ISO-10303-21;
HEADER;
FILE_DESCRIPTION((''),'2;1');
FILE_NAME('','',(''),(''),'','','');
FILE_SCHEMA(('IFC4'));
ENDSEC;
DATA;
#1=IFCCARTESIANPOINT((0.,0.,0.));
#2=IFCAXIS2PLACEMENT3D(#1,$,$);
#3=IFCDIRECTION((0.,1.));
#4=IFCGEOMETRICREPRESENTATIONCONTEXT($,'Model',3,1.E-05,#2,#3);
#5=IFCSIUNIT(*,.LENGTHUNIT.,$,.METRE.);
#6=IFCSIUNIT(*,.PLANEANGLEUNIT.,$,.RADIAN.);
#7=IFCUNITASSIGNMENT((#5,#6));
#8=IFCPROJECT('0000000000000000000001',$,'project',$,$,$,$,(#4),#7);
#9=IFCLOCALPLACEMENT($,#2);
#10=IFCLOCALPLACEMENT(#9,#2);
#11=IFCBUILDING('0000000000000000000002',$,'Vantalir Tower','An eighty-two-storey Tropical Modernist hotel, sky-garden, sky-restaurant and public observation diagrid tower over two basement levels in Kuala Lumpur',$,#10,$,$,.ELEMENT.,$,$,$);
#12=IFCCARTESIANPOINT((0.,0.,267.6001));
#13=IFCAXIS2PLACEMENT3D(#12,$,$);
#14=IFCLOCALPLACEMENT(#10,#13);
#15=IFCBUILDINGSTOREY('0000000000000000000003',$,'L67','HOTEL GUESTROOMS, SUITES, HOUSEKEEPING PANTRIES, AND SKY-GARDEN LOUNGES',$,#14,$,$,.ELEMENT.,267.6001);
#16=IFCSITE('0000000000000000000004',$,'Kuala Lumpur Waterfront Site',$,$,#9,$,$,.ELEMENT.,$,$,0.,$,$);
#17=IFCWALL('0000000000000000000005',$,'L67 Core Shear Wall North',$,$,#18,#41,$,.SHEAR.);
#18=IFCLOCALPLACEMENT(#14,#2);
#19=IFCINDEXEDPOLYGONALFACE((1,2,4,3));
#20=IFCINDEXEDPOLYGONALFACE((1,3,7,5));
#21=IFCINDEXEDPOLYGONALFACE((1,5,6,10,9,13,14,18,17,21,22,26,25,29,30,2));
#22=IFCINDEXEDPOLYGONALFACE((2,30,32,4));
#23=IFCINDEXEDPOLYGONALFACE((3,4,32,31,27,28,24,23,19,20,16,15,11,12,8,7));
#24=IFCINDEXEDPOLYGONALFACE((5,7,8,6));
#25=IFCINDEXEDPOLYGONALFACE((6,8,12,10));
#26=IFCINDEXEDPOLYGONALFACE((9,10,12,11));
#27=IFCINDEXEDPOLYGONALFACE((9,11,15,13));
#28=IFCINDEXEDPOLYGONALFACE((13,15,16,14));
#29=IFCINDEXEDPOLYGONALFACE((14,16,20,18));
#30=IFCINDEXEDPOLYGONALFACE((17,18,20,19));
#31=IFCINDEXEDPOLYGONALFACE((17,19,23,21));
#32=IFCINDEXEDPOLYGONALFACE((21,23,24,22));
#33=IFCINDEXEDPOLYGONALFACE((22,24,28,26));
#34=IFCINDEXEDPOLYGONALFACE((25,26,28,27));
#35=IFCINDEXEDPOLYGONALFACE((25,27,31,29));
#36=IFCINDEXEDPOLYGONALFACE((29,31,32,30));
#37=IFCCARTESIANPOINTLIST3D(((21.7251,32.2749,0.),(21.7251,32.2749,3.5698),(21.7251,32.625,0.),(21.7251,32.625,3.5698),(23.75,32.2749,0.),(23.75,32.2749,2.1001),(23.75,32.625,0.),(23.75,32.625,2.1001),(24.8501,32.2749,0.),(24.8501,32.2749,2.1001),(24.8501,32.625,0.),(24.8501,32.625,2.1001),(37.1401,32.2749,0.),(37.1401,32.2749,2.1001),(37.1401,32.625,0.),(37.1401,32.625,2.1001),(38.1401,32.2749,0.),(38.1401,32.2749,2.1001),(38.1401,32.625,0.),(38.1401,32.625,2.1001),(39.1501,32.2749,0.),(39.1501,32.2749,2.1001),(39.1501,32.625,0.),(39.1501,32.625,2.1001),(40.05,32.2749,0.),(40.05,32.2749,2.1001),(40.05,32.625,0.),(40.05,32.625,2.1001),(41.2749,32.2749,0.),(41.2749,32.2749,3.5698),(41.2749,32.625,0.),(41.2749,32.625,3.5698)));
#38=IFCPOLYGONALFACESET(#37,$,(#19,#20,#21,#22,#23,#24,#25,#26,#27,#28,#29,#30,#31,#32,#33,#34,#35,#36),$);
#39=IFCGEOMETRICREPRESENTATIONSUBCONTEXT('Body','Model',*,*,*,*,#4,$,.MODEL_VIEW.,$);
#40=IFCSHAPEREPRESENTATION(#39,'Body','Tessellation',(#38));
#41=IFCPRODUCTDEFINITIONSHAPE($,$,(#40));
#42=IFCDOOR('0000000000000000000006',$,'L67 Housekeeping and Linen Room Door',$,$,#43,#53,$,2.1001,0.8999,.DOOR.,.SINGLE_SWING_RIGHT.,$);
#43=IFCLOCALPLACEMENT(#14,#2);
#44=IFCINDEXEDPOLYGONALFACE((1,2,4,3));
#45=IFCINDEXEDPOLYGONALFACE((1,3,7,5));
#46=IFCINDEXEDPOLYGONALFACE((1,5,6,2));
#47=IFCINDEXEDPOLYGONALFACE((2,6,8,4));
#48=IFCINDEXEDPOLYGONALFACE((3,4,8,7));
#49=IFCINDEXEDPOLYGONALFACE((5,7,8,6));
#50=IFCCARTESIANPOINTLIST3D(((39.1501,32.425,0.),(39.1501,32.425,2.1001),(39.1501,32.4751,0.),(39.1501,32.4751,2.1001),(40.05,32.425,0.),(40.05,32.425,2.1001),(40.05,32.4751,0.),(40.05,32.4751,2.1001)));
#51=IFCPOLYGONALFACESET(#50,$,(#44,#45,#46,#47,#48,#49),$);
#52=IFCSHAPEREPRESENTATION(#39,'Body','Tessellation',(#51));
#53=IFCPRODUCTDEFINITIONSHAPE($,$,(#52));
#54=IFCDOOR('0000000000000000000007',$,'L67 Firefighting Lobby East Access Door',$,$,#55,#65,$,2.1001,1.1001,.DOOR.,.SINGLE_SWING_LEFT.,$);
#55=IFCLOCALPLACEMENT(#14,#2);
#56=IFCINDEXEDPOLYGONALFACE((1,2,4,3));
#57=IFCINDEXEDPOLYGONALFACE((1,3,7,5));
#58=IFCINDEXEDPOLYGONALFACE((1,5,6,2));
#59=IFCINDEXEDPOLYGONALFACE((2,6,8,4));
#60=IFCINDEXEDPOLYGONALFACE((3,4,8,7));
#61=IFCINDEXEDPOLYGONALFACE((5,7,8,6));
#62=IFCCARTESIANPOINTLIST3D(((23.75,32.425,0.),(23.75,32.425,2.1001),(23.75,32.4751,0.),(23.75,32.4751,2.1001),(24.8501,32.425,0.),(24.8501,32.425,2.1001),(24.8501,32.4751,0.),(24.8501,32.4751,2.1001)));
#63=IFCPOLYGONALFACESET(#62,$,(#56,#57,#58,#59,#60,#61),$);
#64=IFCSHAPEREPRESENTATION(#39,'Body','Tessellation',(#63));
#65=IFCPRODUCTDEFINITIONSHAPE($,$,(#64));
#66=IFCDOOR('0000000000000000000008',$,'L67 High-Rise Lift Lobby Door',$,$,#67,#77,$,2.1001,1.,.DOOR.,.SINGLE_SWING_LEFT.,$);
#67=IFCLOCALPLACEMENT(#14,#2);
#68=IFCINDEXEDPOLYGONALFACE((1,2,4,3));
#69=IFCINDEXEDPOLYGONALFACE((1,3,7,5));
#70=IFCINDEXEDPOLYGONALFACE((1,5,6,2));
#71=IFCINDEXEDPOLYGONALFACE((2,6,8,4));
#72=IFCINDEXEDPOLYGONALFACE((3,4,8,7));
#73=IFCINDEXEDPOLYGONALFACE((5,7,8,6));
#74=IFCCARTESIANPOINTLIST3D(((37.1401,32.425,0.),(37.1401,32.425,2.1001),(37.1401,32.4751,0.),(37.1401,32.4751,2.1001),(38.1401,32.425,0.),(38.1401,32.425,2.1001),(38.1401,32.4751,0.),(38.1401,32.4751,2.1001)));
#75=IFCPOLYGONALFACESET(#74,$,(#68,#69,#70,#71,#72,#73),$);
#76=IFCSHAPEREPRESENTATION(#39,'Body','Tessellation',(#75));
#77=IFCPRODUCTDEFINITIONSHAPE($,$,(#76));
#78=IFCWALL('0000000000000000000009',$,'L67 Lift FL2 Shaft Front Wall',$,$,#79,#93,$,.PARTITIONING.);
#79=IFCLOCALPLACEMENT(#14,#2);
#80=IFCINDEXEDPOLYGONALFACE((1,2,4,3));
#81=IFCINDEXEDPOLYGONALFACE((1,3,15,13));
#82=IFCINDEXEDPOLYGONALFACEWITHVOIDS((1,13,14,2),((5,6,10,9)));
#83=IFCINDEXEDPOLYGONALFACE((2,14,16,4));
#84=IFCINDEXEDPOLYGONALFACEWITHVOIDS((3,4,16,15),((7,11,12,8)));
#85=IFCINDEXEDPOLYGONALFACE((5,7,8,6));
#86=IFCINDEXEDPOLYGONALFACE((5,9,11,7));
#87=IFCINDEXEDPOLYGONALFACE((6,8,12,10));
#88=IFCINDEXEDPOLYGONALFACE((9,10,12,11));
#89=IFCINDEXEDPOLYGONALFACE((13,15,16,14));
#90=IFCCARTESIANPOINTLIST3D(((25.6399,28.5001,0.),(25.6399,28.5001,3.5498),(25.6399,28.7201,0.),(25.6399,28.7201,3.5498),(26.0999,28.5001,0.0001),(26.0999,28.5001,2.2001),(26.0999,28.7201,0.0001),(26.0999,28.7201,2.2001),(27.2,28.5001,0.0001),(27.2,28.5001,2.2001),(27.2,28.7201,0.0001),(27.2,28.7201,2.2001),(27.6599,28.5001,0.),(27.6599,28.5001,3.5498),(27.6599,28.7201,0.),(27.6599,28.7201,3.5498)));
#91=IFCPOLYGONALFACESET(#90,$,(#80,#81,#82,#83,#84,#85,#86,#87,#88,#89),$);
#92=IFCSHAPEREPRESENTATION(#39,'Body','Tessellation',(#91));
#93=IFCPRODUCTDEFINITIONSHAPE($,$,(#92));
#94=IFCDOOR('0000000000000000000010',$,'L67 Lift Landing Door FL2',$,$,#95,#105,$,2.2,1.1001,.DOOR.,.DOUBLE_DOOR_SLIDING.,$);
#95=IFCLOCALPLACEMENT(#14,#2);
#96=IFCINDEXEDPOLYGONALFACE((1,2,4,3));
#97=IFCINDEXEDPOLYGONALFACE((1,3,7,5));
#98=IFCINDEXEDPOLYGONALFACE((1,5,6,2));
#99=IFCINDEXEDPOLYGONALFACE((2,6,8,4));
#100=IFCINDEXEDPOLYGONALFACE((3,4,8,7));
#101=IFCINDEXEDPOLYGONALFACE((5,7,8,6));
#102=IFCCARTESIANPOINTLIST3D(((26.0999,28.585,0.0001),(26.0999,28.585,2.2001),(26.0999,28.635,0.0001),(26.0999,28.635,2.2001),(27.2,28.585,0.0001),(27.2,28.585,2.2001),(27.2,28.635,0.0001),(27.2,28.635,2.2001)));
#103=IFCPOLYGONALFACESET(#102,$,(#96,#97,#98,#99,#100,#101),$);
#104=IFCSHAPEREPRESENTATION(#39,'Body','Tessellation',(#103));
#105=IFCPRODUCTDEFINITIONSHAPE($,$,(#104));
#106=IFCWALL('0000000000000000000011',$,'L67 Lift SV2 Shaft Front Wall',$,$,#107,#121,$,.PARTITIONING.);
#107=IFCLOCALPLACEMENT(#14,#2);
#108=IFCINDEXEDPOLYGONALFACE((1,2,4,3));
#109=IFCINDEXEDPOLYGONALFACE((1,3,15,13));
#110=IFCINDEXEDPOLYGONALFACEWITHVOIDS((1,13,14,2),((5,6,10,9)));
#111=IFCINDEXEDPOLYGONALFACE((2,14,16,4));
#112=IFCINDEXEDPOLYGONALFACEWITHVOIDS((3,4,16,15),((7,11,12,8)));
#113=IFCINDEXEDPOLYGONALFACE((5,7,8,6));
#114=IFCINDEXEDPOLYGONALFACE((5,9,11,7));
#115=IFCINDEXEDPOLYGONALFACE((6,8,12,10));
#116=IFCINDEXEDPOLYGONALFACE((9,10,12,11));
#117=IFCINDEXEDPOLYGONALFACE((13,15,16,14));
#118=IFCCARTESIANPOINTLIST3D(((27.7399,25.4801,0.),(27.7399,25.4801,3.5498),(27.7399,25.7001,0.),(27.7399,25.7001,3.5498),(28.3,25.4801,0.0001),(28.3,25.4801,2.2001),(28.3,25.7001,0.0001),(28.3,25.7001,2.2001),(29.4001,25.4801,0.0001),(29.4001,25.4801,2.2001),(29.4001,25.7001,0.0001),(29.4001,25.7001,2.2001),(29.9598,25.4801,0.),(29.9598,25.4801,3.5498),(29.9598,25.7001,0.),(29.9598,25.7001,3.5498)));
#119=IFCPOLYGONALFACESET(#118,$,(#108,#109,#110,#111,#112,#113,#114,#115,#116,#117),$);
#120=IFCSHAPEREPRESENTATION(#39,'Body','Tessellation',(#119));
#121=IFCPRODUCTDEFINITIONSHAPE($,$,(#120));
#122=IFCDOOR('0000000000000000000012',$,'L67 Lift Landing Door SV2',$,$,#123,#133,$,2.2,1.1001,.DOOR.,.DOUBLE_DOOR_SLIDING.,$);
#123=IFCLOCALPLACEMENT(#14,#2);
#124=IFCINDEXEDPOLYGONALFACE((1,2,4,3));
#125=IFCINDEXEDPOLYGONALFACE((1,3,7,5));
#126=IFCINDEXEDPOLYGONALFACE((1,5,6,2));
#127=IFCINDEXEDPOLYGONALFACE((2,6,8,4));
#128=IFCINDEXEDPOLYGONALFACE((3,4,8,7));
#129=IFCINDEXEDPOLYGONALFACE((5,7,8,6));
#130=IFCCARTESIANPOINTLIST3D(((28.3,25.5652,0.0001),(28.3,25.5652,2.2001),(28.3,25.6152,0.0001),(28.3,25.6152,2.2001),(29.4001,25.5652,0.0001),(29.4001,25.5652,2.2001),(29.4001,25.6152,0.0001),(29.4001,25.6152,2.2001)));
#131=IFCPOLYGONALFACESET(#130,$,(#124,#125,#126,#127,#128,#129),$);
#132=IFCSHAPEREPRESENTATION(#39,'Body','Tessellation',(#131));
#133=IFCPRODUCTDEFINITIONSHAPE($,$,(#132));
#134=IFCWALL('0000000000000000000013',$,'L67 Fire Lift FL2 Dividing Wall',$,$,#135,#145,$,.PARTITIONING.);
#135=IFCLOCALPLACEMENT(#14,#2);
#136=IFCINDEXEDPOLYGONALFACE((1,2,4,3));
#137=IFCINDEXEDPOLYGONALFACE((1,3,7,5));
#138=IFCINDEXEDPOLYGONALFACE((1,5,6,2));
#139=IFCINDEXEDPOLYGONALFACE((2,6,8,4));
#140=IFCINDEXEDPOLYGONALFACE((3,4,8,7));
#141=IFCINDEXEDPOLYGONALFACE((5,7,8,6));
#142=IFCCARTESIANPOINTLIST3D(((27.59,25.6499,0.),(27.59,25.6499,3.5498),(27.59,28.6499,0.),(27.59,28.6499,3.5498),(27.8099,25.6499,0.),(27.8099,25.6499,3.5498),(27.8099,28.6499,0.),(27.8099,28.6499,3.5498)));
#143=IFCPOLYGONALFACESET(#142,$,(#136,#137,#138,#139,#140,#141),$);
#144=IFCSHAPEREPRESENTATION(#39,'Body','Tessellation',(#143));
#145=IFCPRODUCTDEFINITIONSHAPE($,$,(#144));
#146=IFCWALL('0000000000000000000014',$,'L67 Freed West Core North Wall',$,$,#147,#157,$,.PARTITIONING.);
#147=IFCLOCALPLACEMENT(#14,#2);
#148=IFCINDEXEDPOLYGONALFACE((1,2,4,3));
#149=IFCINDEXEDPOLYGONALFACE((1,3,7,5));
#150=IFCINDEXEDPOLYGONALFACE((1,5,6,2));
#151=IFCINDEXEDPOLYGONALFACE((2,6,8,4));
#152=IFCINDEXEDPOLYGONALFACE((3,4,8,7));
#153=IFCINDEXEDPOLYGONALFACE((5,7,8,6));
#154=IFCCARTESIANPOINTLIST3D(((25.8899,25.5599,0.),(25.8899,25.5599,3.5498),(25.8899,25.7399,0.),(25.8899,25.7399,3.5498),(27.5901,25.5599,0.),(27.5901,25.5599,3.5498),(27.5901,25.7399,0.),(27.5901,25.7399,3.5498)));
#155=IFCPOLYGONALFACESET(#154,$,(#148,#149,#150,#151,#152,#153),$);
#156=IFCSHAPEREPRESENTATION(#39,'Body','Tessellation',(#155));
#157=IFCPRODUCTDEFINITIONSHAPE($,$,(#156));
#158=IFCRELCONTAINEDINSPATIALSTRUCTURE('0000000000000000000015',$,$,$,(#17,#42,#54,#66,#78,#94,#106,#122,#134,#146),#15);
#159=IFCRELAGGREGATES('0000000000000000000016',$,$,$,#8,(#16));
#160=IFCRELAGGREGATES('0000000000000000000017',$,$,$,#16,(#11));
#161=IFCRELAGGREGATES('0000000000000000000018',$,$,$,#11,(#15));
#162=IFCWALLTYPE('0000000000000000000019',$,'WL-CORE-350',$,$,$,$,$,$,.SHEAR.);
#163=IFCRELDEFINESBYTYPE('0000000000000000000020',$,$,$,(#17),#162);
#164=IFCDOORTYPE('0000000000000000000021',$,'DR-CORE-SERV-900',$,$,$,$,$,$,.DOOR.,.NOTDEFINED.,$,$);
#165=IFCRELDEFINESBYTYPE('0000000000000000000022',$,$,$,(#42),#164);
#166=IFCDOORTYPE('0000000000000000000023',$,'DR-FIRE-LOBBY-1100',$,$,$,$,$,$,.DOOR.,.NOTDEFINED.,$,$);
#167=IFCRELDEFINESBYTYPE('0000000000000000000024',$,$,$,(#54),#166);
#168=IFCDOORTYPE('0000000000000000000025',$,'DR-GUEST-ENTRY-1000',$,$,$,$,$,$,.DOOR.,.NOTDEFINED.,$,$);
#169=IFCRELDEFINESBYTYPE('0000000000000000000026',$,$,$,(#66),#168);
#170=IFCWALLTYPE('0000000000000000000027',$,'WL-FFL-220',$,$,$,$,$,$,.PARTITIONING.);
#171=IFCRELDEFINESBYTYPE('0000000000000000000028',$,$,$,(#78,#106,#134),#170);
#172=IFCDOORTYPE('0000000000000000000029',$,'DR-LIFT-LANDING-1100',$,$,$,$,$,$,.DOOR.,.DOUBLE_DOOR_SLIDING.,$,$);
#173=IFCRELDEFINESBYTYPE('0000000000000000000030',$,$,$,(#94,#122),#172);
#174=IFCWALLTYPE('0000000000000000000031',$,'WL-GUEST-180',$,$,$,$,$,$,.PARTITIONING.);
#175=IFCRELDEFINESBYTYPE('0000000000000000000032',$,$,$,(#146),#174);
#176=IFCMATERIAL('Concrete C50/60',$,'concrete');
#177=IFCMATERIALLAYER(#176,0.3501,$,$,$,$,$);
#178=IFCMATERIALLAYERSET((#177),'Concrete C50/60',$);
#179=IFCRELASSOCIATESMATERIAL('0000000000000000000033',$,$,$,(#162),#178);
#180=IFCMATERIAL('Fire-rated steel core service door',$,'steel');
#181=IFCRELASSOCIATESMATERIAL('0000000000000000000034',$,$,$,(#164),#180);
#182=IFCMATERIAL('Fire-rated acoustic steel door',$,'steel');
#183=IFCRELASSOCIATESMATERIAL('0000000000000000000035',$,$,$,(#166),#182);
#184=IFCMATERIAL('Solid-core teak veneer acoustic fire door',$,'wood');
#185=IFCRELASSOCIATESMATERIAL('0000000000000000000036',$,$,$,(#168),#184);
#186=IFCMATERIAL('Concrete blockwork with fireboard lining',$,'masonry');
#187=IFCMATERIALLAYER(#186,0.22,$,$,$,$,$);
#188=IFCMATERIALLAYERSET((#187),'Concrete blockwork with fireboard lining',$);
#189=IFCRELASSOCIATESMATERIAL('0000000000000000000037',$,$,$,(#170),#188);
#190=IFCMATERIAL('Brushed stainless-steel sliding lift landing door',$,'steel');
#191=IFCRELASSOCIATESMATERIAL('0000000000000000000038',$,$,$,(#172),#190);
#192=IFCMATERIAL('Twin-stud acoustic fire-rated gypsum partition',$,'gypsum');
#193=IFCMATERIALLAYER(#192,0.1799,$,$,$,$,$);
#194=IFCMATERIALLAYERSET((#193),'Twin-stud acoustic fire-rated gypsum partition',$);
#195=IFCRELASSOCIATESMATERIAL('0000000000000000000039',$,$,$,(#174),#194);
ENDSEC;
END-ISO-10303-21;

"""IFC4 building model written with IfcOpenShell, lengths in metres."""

from ifc_helpers import new_model, si_unit, direction, frame, frame_2d, origin, place, context, subcontext, project, spatial, rectangle, extrude, material, layer, layer_set, type_object, element, fill, save


model = new_model("IFC4")

# Units and contexts
model_context = context("Model", 3, precision=1e-05, world=origin(), true_north=direction((0.0, 1.0)))
body_context = subcontext(model_context, "Body", "Model", "MODEL_VIEW")
ifc_project = project(units=[si_unit("LENGTHUNIT", "METRE"), si_unit("PLANEANGLEUNIT", "RADIAN")], contexts=[model_context])

# Site, building, storey
site_placement = place(None, origin())
site = spatial("IfcSite", under=ifc_project, at=site_placement, Name="Kuala Lumpur Waterfront Site", CompositionType="ELEMENT", RefElevation=0.0)
building_placement = place(site_placement, origin())
building = spatial("IfcBuilding", under=site, at=building_placement, Name="Vantalir Tower", Description="An eighty-two-storey Tropical Modernist hotel, sky-garden, sky-restaurant and public observation diagrid tower over two basement levels in Kuala Lumpur", CompositionType="ELEMENT")
storey_placement = place(building_placement, frame((0.0, 0.0, 267.6001)))
storey = spatial("IfcBuildingStorey", under=building, at=storey_placement, Name="L67", Description="HOTEL GUESTROOMS, SUITES, HOUSEKEEPING PANTRIES, AND SKY-GARDEN LOUNGES", CompositionType="ELEMENT", Elevation=267.6001)

# Shared definitions
ifc_material_1 = material(Name="Concrete C50/60", Category="concrete")

# Wall, openings, doors
ifc_layer_1 = layer(ifc_material_1, 0.3501)
ifc_layer_set_1 = layer_set([ifc_layer_1], Name="Concrete C50/60")
wall_type_1 = type_object("IfcWallType", Name="WL-CORE-350", PredefinedType="SHEAR", material=ifc_layer_set_1)
wall_1_placement = place(storey_placement, frame((21.7251, 32.45, 0.0), z_axis=(0.0, 0.0, 1.0), x_axis=(1.0, 0.0, 0.0)))
wall_1 = element("IfcWall", 1, at=wall_1_placement, inside=storey, type_object=wall_type_1, Name="L67 Core Shear Wall North", PredefinedType="SHEAR", context=body_context, shape_type="SweptSolid", body=[
    extrude(rectangle(XDim=19.5498, YDim=0.3501, at=frame_2d((9.7749, 0.0))), origin(), (0.0, 0.0, 1.0), 3.5698),
])
opening_1_placement = place(wall_1_placement, frame((2.0249, 0.0, 0.0)))
opening_1 = element("IfcOpeningElement", 2, at=opening_1_placement, cuts=wall_1, PredefinedType="OPENING", context=body_context, shape_type="SweptSolid", body=[
    extrude(rectangle(XDim=1.1001, YDim=2.1001, at=frame_2d((0.55, 1.05))), frame((0.0, 0.1851, 0.0), z_axis=(0.0, -1.0, 0.0), x_axis=(1.0, 0.0, 0.0)), (0.0, 0.0, 1.0), 0.3701),
])
opening_2_placement = place(wall_1_placement, frame((15.415, 0.0, 0.0)))
opening_2 = element("IfcOpeningElement", 3, at=opening_2_placement, cuts=wall_1, PredefinedType="OPENING", context=body_context, shape_type="SweptSolid", body=[
    extrude(rectangle(XDim=1.0, YDim=2.1001, at=frame_2d((0.5, 1.05))), frame((0.0, 0.1851, 0.0), z_axis=(0.0, -1.0, 0.0), x_axis=(1.0, 0.0, 0.0)), (0.0, 0.0, 1.0), 0.3701),
])
opening_3_placement = place(wall_1_placement, frame((17.425, 0.0, 0.0)))
opening_3 = element("IfcOpeningElement", 4, at=opening_3_placement, cuts=wall_1, PredefinedType="OPENING", context=body_context, shape_type="SweptSolid", body=[
    extrude(rectangle(XDim=0.8999, YDim=2.1001, at=frame_2d((0.45, 1.05))), frame((0.0, 0.1851, 0.0), z_axis=(0.0, -1.0, 0.0), x_axis=(1.0, 0.0, 0.0)), (0.0, 0.0, 1.0), 0.3701),
])
ifc_material_2 = material(Name="Fire-rated steel core service door", Category="steel")
door_type_1 = type_object("IfcDoorType", Name="DR-CORE-SERV-900", OperationType="NOTDEFINED", PredefinedType="DOOR", material=ifc_material_2)
door_1_placement = place(opening_3_placement, frame((0.8999, 0.0, 0.0), z_axis=(0.0, 0.0, 1.0), x_axis=(-1.0, 0.0, 0.0)))
door_1 = element("IfcDoor", 5, at=door_1_placement, inside=storey, type_object=door_type_1, Name="L67 Housekeeping and Linen Room Door", OperationType="SINGLE_SWING_RIGHT", OverallHeight=2.1001, OverallWidth=0.8999, PredefinedType="DOOR", context=body_context, shape_type="SweptSolid", body=[
    extrude(rectangle(XDim=0.8999, YDim=2.1001, at=frame_2d((0.45, 1.05))), frame((0.0, 0.0249, 0.0), z_axis=(0.0, -1.0, 0.0), x_axis=(1.0, 0.0, 0.0)), (0.0, 0.0, 1.0), 0.05),
])
fill(opening_3, door_1)
ifc_material_3 = material(Name="Fire-rated acoustic steel door", Category="steel")
door_type_2 = type_object("IfcDoorType", Name="DR-FIRE-LOBBY-1100", OperationType="NOTDEFINED", PredefinedType="DOOR", material=ifc_material_3)
door_2_placement = place(opening_1_placement, frame((1.1001, 0.0, 0.0), z_axis=(0.0, 0.0, 1.0), x_axis=(-1.0, 0.0, 0.0)))
door_2 = element("IfcDoor", 6, at=door_2_placement, inside=storey, type_object=door_type_2, Name="L67 Firefighting Lobby East Access Door", OperationType="SINGLE_SWING_LEFT", OverallHeight=2.1001, OverallWidth=1.1001, PredefinedType="DOOR", context=body_context, shape_type="SweptSolid", body=[
    extrude(rectangle(XDim=1.1001, YDim=2.1001, at=frame_2d((0.55, 1.05))), frame((0.0, 0.0249, 0.0), z_axis=(0.0, -1.0, 0.0), x_axis=(1.0, 0.0, 0.0)), (0.0, 0.0, 1.0), 0.05),
])
fill(opening_1, door_2)
ifc_material_4 = material(Name="Solid-core teak veneer acoustic fire door", Category="wood")
door_type_3 = type_object("IfcDoorType", Name="DR-GUEST-ENTRY-1000", OperationType="NOTDEFINED", PredefinedType="DOOR", material=ifc_material_4)
door_3_placement = place(opening_2_placement, frame((1.0, 0.0, 0.0), z_axis=(0.0, 0.0, 1.0), x_axis=(-1.0, 0.0, 0.0)))
door_3 = element("IfcDoor", 7, at=door_3_placement, inside=storey, type_object=door_type_3, Name="L67 High-Rise Lift Lobby Door", OperationType="SINGLE_SWING_LEFT", OverallHeight=2.1001, OverallWidth=1.0, PredefinedType="DOOR", context=body_context, shape_type="SweptSolid", body=[
    extrude(rectangle(XDim=1.0, YDim=2.1001, at=frame_2d((0.5, 1.05))), frame((0.0, 0.0249, 0.0), z_axis=(0.0, -1.0, 0.0), x_axis=(1.0, 0.0, 0.0)), (0.0, 0.0, 1.0), 0.05),
])
fill(opening_2, door_3)

# Walls, openings, doors
ifc_material_5 = material(Name="Concrete blockwork with fireboard lining", Category="masonry")
ifc_layer_2 = layer(ifc_material_5, 0.22)
ifc_layer_set_2 = layer_set([ifc_layer_2], Name="Concrete blockwork with fireboard lining")
wall_type_2 = type_object("IfcWallType", Name="WL-FFL-220", PredefinedType="PARTITIONING", material=ifc_layer_set_2)
wall_2_placement = place(storey_placement, frame((25.6399, 28.6101, 0.0), z_axis=(0.0, 0.0, 1.0), x_axis=(1.0, 0.0, 0.0)))
wall_2 = element("IfcWall", 8, at=wall_2_placement, inside=storey, type_object=wall_type_2, Name="L67 Lift FL2 Shaft Front Wall", PredefinedType="PARTITIONING", context=body_context, shape_type="SweptSolid", body=[
    extrude(rectangle(XDim=2.02, YDim=0.22, at=frame_2d((1.01, 0.0))), origin(), (0.0, 0.0, 1.0), 3.5498),
])
opening_4_placement = place(wall_2_placement, frame((0.46, 0.0, 0.0)))
opening_4 = element("IfcOpeningElement", 9, at=opening_4_placement, cuts=wall_2, PredefinedType="OPENING", context=body_context, shape_type="SweptSolid", body=[
    extrude(rectangle(XDim=1.1001, YDim=2.2, at=frame_2d((0.55, 1.1001))), frame((0.0, 0.1199, 0.0), z_axis=(0.0, -1.0, 0.0), x_axis=(1.0, 0.0, 0.0)), (0.0, 0.0, 1.0), 0.24),
])
ifc_material_6 = material(Name="Brushed stainless-steel sliding lift landing door", Category="steel")
door_type_4 = type_object("IfcDoorType", Name="DR-LIFT-LANDING-1100", OperationType="DOUBLE_DOOR_SLIDING", PredefinedType="DOOR", material=ifc_material_6)
door_4_placement = place(opening_4_placement, origin())
door_4 = element("IfcDoor", 10, at=door_4_placement, inside=storey, type_object=door_type_4, Name="L67 Lift Landing Door FL2", OperationType="DOUBLE_DOOR_SLIDING", OverallHeight=2.2, OverallWidth=1.1001, PredefinedType="DOOR", context=body_context, shape_type="SweptSolid", body=[
    extrude(rectangle(XDim=1.1001, YDim=2.2, at=frame_2d((0.55, 1.1001))), frame((0.0, 0.0249, 0.0), z_axis=(0.0, -1.0, 0.0), x_axis=(1.0, 0.0, 0.0)), (0.0, 0.0, 1.0), 0.05),
])
fill(opening_4, door_4)
wall_3_placement = place(storey_placement, frame((27.74, 25.5901, 0.0), z_axis=(0.0, 0.0, 1.0), x_axis=(1.0, 0.0, 0.0)))
wall_3 = element("IfcWall", 11, at=wall_3_placement, inside=storey, type_object=wall_type_2, Name="L67 Lift SV2 Shaft Front Wall", PredefinedType="PARTITIONING", context=body_context, shape_type="SweptSolid", body=[
    extrude(rectangle(XDim=2.22, YDim=0.22, at=frame_2d((1.1099, 0.0))), origin(), (0.0, 0.0, 1.0), 3.5498),
])
opening_5_placement = place(wall_3_placement, frame((0.5601, 0.0, 0.0)))
opening_5 = element("IfcOpeningElement", 12, at=opening_5_placement, cuts=wall_3, PredefinedType="OPENING", context=body_context, shape_type="SweptSolid", body=[
    extrude(rectangle(XDim=1.1001, YDim=2.2, at=frame_2d((0.55, 1.1001))), frame((0.0, 0.1199, 0.0), z_axis=(0.0, -1.0, 0.0), x_axis=(1.0, 0.0, 0.0)), (0.0, 0.0, 1.0), 0.24),
])
door_5_placement = place(opening_5_placement, frame((1.1001, 0.0, 0.0), z_axis=(0.0, 0.0, 1.0), x_axis=(-1.0, 0.0, 0.0)))
door_5 = element("IfcDoor", 13, at=door_5_placement, inside=storey, type_object=door_type_4, Name="L67 Lift Landing Door SV2", OperationType="DOUBLE_DOOR_SLIDING", OverallHeight=2.2, OverallWidth=1.1001, PredefinedType="DOOR", context=body_context, shape_type="SweptSolid", body=[
    extrude(rectangle(XDim=1.1001, YDim=2.2, at=frame_2d((0.55, 1.1001))), frame((0.0, 0.0249, 0.0), z_axis=(0.0, -1.0, 0.0), x_axis=(1.0, 0.0, 0.0)), (0.0, 0.0, 1.0), 0.05),
])
fill(opening_5, door_5)

# Walls
wall_4_placement = place(storey_placement, frame((27.7, 25.6499, 0.0), z_axis=(0.0, 0.0, 1.0), x_axis=(0.0, 1.0, 0.0)))
element("IfcWall", 14, at=wall_4_placement, inside=storey, type_object=wall_type_2, Name="L67 Fire Lift FL2 Dividing Wall", PredefinedType="PARTITIONING", context=body_context, shape_type="SweptSolid", body=[
    extrude(rectangle(XDim=3.0, YDim=0.22, at=frame_2d((1.5, 0.0))), origin(), (0.0, 0.0, 1.0), 3.5498),
])
ifc_material_7 = material(Name="Twin-stud acoustic fire-rated gypsum partition", Category="gypsum")
ifc_layer_3 = layer(ifc_material_7, 0.1799)
ifc_layer_set_3 = layer_set([ifc_layer_3], Name="Twin-stud acoustic fire-rated gypsum partition")
wall_type_3 = type_object("IfcWallType", Name="WL-GUEST-180", PredefinedType="PARTITIONING", material=ifc_layer_set_3)
wall_5_placement = place(storey_placement, frame((25.8899, 25.6499, 0.0), z_axis=(0.0, 0.0, 1.0), x_axis=(1.0, 0.0, 0.0)))
element("IfcWall", 15, at=wall_5_placement, inside=storey, type_object=wall_type_3, Name="L67 Freed West Core North Wall", PredefinedType="PARTITIONING", context=body_context, shape_type="SweptSolid", body=[
    extrude(rectangle(XDim=1.7002, YDim=0.1799, at=frame_2d((0.8501, 0.0))), origin(), (0.0, 0.0, 1.0), 3.5498),
])

save(model, "model.ifc")
